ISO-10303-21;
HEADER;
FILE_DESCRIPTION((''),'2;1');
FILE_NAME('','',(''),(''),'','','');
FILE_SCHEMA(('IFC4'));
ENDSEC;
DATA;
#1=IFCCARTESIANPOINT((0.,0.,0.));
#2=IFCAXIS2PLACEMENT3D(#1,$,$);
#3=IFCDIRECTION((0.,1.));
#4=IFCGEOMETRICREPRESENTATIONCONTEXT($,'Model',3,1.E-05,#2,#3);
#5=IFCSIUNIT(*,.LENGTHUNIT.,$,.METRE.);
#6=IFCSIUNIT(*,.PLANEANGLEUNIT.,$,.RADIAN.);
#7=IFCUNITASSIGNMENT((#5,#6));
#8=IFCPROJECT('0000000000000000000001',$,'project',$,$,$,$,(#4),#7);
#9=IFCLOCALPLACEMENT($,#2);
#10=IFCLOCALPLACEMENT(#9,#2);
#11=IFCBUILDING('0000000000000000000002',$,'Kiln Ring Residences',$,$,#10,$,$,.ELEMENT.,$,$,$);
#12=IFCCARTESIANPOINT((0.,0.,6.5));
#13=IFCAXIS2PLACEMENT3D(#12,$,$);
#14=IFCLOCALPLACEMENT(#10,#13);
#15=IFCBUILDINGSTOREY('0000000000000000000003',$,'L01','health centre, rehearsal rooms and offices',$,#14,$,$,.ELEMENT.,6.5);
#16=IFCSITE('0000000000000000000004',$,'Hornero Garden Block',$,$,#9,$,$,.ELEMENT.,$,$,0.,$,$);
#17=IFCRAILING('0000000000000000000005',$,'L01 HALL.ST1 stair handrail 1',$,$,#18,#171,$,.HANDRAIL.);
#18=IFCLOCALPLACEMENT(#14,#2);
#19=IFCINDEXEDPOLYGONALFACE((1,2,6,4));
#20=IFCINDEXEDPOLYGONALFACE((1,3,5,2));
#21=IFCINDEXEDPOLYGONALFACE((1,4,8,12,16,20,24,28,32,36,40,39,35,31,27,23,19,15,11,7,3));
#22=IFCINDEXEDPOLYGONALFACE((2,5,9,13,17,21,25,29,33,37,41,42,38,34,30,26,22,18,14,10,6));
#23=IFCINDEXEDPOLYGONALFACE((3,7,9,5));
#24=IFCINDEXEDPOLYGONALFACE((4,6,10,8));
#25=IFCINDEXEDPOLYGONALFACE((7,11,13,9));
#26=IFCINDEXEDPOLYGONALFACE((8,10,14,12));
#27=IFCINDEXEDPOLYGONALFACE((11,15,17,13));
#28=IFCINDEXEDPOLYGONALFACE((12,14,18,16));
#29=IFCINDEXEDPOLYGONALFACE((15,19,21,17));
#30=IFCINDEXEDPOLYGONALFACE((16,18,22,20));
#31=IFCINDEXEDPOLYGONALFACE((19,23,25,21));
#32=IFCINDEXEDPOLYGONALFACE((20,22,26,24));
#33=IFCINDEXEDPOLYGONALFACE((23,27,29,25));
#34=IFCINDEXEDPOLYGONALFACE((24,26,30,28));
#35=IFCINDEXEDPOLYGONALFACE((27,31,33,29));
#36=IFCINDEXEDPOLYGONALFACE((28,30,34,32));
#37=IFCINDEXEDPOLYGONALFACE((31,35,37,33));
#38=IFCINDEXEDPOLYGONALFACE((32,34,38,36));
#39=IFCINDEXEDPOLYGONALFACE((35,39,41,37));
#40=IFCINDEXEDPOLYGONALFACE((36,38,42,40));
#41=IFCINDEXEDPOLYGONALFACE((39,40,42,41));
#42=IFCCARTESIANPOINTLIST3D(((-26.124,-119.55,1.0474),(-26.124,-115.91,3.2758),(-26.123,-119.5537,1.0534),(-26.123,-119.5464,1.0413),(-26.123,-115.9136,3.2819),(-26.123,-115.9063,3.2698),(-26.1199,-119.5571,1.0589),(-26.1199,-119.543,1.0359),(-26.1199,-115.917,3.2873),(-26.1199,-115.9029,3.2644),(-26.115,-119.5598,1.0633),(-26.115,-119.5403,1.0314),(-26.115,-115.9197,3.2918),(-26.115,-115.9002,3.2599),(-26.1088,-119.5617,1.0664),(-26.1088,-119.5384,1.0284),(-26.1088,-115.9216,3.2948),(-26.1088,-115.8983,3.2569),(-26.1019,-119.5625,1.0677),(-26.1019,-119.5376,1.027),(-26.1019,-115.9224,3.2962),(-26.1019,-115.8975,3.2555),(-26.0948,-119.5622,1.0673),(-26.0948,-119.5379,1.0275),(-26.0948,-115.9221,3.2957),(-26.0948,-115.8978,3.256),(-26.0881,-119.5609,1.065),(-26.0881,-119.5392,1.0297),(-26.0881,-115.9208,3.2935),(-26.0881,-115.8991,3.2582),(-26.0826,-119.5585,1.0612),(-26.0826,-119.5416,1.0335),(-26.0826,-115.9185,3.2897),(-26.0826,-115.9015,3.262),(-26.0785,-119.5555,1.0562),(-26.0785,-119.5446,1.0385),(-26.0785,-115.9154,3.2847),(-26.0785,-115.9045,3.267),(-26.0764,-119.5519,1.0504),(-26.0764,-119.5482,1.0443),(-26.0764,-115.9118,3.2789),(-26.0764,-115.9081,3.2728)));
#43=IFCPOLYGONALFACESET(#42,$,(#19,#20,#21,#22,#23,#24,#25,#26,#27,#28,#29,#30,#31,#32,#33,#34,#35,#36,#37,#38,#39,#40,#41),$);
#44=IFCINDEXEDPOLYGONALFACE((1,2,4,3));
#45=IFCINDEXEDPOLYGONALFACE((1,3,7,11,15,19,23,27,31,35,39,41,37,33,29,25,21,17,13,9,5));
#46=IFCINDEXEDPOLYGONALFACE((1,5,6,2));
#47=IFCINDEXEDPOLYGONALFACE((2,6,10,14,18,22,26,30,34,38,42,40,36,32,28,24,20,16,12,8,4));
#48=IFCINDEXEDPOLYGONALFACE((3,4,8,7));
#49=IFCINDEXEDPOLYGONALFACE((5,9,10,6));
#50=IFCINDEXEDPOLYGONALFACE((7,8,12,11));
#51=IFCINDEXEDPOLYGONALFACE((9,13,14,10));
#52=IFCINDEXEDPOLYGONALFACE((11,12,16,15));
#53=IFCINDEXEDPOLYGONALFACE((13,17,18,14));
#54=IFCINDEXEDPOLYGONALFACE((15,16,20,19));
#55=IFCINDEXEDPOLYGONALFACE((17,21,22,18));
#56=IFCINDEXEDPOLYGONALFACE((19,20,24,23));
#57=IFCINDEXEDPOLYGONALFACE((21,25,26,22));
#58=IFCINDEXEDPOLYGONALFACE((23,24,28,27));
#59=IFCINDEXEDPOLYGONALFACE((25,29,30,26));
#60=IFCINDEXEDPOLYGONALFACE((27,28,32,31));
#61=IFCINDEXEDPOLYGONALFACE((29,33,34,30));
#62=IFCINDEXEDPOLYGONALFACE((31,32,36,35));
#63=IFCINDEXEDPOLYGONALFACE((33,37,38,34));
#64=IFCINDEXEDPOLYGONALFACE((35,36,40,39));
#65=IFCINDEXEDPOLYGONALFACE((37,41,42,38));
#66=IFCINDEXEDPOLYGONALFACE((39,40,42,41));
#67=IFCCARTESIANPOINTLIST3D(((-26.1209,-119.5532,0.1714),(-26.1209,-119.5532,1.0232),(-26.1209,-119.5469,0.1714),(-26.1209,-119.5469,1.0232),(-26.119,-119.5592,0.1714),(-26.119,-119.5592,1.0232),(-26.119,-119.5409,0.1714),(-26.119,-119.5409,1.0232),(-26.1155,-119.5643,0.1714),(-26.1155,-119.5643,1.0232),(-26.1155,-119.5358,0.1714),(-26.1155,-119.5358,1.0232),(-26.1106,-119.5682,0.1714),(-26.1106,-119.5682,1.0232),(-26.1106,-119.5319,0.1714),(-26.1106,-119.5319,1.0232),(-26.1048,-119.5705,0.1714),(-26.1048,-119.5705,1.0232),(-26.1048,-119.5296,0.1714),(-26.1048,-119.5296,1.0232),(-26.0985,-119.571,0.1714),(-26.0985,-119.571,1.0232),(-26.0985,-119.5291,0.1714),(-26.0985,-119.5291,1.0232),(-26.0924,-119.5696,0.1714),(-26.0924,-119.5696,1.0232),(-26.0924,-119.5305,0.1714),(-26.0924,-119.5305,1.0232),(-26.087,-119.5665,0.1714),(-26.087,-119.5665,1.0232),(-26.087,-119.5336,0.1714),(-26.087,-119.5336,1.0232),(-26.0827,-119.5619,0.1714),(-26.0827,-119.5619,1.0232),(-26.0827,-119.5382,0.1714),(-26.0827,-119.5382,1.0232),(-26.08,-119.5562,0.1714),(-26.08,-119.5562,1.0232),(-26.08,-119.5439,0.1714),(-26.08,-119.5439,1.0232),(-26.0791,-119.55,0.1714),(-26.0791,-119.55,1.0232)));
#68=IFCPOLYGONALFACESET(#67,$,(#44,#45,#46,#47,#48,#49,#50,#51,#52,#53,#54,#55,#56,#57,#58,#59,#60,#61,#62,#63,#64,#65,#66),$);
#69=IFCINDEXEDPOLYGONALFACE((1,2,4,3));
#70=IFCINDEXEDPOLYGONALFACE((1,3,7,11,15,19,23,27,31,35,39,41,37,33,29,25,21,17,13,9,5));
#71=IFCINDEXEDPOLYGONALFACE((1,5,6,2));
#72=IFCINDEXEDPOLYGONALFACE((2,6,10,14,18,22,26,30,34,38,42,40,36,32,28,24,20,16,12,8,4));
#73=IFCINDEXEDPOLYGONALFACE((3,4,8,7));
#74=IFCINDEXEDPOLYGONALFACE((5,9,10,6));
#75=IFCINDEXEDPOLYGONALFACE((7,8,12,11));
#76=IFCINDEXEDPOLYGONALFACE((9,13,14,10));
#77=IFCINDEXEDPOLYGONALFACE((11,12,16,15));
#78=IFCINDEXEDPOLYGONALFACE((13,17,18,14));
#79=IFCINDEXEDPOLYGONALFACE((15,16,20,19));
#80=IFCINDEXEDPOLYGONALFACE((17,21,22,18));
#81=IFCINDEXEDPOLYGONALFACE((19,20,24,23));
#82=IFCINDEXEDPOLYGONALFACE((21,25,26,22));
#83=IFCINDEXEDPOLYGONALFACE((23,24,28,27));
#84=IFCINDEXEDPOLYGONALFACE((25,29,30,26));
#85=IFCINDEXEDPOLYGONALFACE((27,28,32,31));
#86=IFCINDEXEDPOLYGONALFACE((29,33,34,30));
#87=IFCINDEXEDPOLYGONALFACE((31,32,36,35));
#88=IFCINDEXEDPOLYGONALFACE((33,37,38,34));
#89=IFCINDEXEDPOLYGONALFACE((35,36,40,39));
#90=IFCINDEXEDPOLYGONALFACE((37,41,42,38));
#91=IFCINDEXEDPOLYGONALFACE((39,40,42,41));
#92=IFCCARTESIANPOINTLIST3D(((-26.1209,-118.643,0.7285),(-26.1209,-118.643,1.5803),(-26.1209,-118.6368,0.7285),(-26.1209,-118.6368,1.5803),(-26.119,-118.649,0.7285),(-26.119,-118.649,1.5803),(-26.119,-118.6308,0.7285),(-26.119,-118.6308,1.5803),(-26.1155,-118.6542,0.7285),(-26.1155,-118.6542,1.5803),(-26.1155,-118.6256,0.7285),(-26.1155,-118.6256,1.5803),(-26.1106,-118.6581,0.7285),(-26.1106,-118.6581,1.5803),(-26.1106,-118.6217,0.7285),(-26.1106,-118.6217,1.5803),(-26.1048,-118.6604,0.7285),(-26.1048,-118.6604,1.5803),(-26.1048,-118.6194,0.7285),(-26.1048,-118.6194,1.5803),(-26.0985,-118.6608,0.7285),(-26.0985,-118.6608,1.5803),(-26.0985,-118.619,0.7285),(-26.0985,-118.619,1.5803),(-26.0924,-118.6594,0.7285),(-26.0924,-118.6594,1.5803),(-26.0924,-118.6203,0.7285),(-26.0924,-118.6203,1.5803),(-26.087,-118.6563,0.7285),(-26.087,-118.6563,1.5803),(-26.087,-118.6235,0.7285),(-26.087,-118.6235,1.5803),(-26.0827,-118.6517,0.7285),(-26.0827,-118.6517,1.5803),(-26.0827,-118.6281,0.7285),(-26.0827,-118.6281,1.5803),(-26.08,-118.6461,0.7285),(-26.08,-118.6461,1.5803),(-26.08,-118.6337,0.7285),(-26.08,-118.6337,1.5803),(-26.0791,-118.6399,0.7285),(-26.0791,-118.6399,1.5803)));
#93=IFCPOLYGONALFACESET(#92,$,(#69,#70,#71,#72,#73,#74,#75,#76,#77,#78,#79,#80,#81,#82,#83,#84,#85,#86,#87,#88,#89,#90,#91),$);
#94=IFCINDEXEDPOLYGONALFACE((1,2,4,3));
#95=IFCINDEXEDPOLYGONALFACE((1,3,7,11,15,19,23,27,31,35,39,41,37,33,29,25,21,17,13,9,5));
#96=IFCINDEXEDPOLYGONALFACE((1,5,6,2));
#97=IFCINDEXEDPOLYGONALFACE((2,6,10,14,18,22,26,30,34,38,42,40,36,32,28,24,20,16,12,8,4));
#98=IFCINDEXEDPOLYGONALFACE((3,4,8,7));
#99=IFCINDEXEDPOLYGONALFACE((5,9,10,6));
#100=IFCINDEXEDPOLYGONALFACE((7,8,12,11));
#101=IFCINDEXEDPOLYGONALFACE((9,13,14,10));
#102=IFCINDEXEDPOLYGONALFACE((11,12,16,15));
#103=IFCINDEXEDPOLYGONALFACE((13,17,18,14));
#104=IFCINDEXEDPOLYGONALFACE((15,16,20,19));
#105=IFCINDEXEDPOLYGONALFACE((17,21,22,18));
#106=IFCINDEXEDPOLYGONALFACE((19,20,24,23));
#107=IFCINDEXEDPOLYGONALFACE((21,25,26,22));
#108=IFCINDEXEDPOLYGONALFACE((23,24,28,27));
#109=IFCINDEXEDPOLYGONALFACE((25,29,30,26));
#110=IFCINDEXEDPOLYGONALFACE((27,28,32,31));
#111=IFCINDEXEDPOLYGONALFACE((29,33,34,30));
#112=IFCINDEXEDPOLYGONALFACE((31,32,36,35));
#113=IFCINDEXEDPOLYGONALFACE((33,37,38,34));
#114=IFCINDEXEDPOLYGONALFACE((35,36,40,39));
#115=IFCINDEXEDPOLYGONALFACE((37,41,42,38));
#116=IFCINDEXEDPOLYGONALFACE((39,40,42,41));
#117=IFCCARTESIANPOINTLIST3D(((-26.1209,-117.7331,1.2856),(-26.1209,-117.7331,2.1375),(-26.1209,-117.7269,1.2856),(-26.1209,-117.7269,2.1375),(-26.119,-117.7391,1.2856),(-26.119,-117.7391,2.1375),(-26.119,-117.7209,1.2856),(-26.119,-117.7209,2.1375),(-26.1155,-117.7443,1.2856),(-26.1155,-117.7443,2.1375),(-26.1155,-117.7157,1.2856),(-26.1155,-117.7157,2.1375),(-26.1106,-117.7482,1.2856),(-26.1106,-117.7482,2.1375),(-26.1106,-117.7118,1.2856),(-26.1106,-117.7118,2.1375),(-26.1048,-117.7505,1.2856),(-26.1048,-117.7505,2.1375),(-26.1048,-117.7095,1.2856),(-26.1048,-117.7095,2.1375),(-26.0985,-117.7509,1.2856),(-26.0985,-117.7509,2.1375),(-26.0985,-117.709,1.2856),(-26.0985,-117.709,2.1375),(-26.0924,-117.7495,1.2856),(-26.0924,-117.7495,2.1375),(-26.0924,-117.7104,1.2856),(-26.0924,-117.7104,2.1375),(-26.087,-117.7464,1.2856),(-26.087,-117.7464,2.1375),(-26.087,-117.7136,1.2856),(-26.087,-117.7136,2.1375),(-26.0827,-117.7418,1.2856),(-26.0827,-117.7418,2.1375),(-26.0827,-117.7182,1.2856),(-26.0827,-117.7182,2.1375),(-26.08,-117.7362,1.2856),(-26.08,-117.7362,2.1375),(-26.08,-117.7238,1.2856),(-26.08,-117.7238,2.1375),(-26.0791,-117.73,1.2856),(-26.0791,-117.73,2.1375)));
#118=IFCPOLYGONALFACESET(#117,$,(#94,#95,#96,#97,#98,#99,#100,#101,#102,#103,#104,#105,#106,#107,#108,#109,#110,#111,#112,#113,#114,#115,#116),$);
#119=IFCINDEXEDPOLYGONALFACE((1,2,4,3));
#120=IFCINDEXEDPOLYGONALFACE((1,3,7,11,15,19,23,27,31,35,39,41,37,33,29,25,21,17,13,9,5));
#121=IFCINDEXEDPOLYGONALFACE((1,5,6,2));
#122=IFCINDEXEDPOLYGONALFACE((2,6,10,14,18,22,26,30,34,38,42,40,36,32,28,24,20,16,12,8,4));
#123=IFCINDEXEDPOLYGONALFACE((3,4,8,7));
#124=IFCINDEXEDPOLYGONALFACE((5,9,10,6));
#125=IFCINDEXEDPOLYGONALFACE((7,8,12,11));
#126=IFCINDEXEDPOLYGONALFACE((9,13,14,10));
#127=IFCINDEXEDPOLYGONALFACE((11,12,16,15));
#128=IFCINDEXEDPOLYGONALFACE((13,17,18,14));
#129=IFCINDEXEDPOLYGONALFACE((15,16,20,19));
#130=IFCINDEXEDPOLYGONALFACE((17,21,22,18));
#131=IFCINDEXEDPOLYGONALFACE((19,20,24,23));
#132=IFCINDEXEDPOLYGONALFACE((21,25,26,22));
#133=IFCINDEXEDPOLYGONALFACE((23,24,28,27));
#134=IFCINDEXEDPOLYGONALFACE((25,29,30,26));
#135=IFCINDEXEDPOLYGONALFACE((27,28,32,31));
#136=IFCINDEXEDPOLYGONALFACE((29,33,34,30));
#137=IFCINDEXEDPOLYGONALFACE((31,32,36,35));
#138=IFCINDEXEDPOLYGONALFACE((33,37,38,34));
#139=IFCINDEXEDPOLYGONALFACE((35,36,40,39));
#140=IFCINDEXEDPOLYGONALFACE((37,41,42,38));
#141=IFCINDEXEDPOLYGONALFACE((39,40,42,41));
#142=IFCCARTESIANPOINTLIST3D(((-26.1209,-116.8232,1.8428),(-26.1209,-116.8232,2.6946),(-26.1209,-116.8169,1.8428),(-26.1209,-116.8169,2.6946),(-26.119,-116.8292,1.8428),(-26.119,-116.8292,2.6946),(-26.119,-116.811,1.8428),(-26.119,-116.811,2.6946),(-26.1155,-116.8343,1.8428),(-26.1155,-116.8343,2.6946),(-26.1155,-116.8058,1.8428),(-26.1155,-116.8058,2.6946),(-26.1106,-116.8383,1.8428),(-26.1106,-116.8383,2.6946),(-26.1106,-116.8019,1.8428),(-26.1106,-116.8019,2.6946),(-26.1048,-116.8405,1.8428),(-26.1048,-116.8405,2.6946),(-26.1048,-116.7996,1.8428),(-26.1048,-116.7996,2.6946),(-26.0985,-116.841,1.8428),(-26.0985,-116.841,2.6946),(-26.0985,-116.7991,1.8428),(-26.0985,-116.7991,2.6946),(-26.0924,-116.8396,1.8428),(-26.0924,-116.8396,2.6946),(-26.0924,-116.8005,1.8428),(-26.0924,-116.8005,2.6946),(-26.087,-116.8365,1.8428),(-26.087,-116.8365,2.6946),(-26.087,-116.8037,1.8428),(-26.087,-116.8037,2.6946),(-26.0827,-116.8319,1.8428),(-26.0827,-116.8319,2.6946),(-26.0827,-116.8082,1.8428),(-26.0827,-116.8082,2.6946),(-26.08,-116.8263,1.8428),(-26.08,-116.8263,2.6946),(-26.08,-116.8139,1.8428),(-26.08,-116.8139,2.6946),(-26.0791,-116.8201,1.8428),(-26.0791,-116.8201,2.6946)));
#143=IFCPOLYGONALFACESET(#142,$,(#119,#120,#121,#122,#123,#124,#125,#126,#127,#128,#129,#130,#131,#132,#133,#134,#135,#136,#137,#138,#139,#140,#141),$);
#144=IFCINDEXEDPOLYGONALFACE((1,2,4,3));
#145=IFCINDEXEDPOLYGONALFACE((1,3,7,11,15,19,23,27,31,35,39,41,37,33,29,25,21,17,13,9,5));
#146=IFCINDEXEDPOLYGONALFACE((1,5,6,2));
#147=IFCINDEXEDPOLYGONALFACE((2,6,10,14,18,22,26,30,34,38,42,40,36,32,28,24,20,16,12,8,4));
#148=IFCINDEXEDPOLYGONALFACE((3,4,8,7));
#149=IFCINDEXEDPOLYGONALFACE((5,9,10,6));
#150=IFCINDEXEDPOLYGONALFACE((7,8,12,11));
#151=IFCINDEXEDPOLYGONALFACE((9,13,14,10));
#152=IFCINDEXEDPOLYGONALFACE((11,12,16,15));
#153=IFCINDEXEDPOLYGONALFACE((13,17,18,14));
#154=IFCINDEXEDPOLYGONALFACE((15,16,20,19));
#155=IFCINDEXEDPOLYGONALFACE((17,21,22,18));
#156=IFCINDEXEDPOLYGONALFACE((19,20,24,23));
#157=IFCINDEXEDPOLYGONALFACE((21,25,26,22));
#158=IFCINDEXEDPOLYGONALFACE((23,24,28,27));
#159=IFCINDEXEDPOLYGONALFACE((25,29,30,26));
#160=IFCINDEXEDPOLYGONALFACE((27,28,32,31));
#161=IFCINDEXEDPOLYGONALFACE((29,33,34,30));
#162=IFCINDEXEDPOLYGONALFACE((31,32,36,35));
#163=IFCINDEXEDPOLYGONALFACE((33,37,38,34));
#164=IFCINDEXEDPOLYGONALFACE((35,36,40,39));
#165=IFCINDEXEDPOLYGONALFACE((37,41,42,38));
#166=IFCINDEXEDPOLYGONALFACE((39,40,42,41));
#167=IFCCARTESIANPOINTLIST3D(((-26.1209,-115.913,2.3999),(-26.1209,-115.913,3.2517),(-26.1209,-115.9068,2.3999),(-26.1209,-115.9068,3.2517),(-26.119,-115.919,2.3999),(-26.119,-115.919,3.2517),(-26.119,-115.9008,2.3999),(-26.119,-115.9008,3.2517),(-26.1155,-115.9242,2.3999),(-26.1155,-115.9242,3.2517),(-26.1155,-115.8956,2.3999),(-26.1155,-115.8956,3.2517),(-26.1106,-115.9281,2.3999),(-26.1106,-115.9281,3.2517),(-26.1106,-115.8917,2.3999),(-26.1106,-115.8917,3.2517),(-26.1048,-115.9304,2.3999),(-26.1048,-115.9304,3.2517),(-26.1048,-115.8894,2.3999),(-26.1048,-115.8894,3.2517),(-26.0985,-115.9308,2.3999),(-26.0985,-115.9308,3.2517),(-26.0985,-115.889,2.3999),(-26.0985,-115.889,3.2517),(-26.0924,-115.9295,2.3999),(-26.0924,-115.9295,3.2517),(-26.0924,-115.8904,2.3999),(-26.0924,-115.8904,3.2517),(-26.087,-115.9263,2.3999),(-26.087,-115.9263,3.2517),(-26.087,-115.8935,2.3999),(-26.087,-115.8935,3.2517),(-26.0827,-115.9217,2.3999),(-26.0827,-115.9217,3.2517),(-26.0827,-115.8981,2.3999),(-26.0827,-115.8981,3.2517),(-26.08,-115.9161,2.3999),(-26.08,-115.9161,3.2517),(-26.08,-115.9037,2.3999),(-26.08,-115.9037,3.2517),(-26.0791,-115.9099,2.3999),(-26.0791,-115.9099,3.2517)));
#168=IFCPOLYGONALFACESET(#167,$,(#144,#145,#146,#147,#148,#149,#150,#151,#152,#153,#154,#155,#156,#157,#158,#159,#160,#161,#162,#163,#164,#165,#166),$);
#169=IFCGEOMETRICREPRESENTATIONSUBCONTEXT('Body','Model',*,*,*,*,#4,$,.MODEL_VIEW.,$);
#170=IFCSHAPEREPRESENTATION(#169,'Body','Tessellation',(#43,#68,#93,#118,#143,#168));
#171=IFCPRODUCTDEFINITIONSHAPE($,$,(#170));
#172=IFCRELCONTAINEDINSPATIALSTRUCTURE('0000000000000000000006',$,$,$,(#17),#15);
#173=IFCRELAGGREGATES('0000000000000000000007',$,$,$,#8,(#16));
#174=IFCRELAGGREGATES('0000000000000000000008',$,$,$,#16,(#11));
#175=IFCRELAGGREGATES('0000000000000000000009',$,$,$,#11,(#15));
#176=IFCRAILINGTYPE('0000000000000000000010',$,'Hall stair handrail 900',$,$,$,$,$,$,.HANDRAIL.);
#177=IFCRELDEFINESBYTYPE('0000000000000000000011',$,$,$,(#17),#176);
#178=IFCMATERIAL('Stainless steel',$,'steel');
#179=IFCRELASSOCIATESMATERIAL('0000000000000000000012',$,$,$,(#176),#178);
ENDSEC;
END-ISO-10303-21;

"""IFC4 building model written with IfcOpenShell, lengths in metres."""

from ifc_helpers import new_model, si_unit, direction, frame, origin, origin_2d, place, context, subcontext, project, spatial, circle, extrude, material, type_object, element, save


model = new_model("IFC4")

# Units and contexts
model_context = context("Model", 3, precision=1e-05, world=origin(), true_north=direction((0.0, 1.0)))
body_context = subcontext(model_context, "Body", "Model", "MODEL_VIEW")
ifc_project = project(units=[si_unit("LENGTHUNIT", "METRE"), si_unit("PLANEANGLEUNIT", "RADIAN")], contexts=[model_context])

# Site, building, storey
site_placement = place(None, origin())
site = spatial("IfcSite", under=ifc_project, at=site_placement, Name="Hornero Garden Block", CompositionType="ELEMENT", RefElevation=0.0)
building_placement = place(site_placement, origin())
building = spatial("IfcBuilding", under=site, at=building_placement, Name="Kiln Ring Residences", CompositionType="ELEMENT")
storey_placement = place(building_placement, frame((0.0, 0.0, 6.5)))
storey = spatial("IfcBuildingStorey", under=building, at=storey_placement, Name="L01", Description="health centre, rehearsal rooms and offices", CompositionType="ELEMENT", Elevation=6.5)

# Railing
ifc_material_1 = material(Name="Stainless steel", Category="steel")
railing_type_1 = type_object("IfcRailingType", Name="Hall stair handrail 900", PredefinedType="HANDRAIL", material=ifc_material_1)
railing_1_placement = place(storey_placement, frame((-26.1001, -119.55, 0.1714)))
element("IfcRailing", 1, at=railing_1_placement, inside=storey, type_object=railing_type_1, Name="L01 HALL.ST1 stair handrail 1", PredefinedType="HANDRAIL", context=body_context, shape_type="SweptSolid", body=[
    extrude(circle(Radius=0.0239, at=origin_2d()), frame((0.0, 0.0, 0.876), z_axis=(0.0, 0.852866, 0.52213), x_axis=(-1.0, 0.0, 0.0)), (0.0, 0.0, 1.0), 4.2681),
    extrude(circle(Radius=0.021, at=origin_2d()), origin(), (0.0, 0.0, 1.0), 0.8518),
    extrude(circle(Radius=0.021, at=origin_2d()), frame((0.0, 0.9102, 0.5571)), (0.0, 0.0, 1.0), 0.8518),
    extrude(circle(Radius=0.021, at=origin_2d()), frame((0.0, 1.8201, 1.1143)), (0.0, 0.0, 1.0), 0.8518),
    extrude(circle(Radius=0.021, at=origin_2d()), frame((0.0, 2.73, 1.6714)), (0.0, 0.0, 1.0), 0.8518),
    extrude(circle(Radius=0.021, at=origin_2d()), frame((0.0, 3.6401, 2.2285)), (0.0, 0.0, 1.0), 0.8518),
])

save(model, "model.ifc")
